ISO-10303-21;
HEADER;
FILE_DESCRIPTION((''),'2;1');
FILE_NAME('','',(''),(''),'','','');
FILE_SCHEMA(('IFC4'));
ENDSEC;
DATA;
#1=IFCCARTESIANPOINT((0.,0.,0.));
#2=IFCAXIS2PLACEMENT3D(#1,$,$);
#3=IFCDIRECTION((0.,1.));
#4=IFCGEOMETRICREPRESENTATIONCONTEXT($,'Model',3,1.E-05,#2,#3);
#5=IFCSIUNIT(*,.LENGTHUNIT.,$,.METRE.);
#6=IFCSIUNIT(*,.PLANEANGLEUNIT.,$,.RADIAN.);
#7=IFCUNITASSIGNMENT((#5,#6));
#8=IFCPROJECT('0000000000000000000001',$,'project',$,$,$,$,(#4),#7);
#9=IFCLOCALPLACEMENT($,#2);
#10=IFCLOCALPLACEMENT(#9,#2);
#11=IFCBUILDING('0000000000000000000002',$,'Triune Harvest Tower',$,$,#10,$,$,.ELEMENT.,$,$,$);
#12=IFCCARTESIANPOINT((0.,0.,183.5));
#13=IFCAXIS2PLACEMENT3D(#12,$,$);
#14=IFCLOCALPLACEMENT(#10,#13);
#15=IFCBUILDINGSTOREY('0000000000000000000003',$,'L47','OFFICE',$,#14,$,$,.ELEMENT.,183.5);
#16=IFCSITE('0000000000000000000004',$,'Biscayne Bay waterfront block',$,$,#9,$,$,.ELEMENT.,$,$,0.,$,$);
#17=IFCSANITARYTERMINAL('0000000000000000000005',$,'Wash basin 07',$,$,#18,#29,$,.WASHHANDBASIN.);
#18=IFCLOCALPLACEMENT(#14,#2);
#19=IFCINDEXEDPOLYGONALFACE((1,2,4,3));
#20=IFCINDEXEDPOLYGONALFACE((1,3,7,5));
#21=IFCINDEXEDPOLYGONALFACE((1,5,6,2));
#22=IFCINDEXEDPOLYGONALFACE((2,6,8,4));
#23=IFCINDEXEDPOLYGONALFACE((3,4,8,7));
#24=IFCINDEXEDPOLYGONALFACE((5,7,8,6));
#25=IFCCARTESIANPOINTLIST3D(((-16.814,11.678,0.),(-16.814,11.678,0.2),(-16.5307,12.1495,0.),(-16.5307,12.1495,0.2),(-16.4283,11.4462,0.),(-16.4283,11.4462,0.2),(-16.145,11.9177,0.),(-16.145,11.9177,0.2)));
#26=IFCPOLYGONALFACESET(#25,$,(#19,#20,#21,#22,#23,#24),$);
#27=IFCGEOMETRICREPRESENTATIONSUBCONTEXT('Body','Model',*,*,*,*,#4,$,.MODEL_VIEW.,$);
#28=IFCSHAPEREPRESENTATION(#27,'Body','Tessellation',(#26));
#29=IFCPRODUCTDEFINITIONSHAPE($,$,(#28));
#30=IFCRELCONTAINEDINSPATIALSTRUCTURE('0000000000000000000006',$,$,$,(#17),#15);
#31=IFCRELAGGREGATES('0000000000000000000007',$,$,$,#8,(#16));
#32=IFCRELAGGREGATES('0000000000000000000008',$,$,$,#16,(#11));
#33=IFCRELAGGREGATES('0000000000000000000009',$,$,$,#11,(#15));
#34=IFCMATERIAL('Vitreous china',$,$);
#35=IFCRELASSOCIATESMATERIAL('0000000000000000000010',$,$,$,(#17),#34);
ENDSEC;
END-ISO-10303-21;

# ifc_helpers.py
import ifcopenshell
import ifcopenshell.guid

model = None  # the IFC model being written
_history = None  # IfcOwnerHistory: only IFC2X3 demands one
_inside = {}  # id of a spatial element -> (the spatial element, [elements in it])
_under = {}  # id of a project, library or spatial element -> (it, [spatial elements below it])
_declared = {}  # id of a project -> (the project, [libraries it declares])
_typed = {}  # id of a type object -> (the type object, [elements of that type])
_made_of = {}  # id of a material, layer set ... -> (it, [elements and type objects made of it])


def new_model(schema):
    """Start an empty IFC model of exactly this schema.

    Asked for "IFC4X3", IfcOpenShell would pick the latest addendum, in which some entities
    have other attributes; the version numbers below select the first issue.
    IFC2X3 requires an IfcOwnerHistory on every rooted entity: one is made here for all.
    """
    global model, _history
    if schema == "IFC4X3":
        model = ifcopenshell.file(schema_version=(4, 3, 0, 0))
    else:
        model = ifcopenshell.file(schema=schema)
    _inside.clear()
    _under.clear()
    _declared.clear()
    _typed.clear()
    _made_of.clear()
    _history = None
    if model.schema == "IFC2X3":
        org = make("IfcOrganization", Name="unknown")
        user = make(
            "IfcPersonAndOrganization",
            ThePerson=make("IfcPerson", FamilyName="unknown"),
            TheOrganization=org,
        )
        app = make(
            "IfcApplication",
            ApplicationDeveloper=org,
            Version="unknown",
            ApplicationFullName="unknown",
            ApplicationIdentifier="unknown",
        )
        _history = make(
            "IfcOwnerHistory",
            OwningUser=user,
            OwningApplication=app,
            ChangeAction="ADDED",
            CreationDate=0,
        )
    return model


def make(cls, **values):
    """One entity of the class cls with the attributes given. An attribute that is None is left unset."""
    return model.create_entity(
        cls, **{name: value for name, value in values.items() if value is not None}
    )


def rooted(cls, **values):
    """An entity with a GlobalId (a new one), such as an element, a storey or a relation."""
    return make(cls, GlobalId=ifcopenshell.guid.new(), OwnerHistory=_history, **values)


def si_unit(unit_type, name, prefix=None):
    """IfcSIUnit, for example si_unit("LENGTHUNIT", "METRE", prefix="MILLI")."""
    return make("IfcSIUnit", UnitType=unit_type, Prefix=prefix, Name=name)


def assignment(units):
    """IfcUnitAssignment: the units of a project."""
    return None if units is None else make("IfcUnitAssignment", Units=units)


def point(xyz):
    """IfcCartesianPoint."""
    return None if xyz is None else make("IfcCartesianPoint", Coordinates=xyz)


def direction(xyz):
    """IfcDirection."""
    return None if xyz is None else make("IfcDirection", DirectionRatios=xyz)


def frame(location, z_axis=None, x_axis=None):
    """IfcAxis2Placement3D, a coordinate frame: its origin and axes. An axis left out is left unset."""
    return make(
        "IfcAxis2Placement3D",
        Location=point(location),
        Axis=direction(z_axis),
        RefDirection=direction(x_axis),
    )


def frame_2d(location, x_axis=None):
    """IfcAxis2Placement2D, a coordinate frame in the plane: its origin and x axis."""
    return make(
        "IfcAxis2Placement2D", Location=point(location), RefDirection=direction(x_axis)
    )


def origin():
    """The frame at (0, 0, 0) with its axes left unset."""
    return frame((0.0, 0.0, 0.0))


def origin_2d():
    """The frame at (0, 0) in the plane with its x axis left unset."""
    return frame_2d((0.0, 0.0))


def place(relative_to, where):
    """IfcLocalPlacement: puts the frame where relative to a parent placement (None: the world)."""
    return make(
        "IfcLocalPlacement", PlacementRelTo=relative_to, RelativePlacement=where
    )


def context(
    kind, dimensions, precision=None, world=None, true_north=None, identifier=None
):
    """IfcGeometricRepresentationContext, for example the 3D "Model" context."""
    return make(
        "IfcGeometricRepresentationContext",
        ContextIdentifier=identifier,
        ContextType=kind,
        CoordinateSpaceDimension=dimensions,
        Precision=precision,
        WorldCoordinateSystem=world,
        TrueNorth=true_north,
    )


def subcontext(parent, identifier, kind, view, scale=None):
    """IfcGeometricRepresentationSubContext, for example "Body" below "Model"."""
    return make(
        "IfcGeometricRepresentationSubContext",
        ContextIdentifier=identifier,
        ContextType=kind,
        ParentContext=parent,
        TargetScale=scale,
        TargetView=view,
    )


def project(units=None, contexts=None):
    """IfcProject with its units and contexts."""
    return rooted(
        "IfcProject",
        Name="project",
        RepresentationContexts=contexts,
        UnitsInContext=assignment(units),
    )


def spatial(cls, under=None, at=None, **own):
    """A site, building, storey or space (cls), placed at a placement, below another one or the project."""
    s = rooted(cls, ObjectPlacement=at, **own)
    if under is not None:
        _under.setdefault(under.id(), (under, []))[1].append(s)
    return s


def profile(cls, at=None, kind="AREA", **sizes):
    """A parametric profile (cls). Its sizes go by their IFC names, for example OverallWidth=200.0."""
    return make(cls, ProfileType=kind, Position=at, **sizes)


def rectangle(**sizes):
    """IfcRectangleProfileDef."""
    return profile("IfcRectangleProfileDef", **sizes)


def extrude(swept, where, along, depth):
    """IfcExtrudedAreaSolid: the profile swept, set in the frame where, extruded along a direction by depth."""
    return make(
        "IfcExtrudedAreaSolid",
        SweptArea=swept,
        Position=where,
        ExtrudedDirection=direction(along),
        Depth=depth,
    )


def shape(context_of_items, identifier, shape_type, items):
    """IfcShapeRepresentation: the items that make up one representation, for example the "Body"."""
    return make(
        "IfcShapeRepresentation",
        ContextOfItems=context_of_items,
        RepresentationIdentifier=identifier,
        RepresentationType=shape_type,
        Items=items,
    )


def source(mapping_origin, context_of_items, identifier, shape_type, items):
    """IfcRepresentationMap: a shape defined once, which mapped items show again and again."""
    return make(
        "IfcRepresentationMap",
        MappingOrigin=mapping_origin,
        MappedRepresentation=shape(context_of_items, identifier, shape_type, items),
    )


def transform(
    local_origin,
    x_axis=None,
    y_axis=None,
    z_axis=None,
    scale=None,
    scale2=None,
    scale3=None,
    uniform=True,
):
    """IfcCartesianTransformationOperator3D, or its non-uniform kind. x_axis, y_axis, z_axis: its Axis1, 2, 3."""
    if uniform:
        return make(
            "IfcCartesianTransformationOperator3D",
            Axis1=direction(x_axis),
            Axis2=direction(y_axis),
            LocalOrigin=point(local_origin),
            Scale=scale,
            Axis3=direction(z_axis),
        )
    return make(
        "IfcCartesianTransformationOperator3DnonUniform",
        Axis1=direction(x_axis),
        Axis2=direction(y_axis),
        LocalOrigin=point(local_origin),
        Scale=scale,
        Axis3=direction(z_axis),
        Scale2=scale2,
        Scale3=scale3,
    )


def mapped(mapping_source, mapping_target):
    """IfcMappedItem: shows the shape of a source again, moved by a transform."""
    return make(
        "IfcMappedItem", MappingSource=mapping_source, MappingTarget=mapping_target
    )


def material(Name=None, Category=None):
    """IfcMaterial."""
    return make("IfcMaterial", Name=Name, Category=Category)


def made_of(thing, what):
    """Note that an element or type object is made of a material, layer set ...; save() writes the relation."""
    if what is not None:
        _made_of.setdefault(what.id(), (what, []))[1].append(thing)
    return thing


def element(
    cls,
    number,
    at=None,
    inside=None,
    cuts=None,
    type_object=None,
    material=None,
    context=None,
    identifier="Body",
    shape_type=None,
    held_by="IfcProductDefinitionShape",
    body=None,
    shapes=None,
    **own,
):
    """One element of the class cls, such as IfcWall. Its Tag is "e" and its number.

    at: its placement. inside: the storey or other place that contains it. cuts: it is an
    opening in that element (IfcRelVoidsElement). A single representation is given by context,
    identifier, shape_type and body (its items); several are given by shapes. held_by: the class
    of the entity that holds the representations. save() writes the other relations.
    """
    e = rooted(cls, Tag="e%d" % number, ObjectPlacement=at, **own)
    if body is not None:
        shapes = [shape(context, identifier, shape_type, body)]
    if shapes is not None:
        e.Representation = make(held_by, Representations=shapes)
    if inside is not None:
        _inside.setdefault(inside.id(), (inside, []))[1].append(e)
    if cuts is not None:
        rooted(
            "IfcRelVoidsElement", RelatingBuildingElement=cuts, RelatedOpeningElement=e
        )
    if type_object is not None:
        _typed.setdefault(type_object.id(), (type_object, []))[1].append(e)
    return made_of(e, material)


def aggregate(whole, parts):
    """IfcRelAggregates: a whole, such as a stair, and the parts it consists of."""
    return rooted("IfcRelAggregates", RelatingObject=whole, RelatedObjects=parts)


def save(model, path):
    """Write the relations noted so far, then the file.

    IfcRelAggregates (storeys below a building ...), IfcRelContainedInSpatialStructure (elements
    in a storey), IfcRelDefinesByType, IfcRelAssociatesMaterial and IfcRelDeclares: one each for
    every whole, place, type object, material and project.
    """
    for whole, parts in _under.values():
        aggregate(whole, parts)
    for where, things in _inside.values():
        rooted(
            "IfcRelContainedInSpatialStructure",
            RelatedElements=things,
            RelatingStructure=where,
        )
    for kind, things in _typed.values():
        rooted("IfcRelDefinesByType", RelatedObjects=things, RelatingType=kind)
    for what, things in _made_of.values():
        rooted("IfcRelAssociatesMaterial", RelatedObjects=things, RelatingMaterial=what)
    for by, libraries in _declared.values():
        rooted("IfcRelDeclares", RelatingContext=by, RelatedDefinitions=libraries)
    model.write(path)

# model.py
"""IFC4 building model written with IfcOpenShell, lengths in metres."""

from ifc_helpers import new_model, si_unit, direction, frame, origin, origin_2d, place, context, subcontext, project, spatial, rectangle, extrude, source, transform, mapped, material, element, save


model = new_model("IFC4")

# Units and contexts
model_context = context("Model", 3, precision=1e-05, world=origin(), true_north=direction((0.0, 1.0)))
body_context = subcontext(model_context, "Body", "Model", "MODEL_VIEW")
ifc_project = project(units=[si_unit("LENGTHUNIT", "METRE"), si_unit("PLANEANGLEUNIT", "RADIAN")], contexts=[model_context])

# Site, building, storey
site_placement = place(None, origin())
site = spatial("IfcSite", under=ifc_project, at=site_placement, Name="Biscayne Bay waterfront block", CompositionType="ELEMENT", RefElevation=0.0)
building_placement = place(site_placement, origin())
building = spatial("IfcBuilding", under=site, at=building_placement, Name="Triune Harvest Tower", CompositionType="ELEMENT")
storey_placement = place(building_placement, frame((0.0, 0.0, 183.5)))
storey = spatial("IfcBuildingStorey", under=building, at=storey_placement, Name="L47", Description="OFFICE", CompositionType="ELEMENT", Elevation=183.5)

# Sanitary terminal
ifc_material_1 = material(Name="Vitreous china")
shared_shape_1 = source(origin(), body_context, "Body", "SweptSolid", [
    extrude(rectangle(XDim=0.55, YDim=0.45, at=origin_2d()), origin(), (0.0, 0.0, 1.0), 0.2),
])
sanitary_terminal_1_placement = place(storey_placement, frame((-16.4795, 11.7979, 0.0), z_axis=(0.0, 0.0, 1.0), x_axis=(0.515008, 0.857185, 0.0)))
element("IfcSanitaryTerminal", 1, at=sanitary_terminal_1_placement, inside=storey, material=ifc_material_1, Name="Wash basin 07", PredefinedType="WASHHANDBASIN", context=body_context, shape_type="MappedRepresentation", body=[
    mapped(shared_shape_1, transform((0.0, 0.0, 0.0), scale=1.0)),
])

save(model, "model.ifc")
